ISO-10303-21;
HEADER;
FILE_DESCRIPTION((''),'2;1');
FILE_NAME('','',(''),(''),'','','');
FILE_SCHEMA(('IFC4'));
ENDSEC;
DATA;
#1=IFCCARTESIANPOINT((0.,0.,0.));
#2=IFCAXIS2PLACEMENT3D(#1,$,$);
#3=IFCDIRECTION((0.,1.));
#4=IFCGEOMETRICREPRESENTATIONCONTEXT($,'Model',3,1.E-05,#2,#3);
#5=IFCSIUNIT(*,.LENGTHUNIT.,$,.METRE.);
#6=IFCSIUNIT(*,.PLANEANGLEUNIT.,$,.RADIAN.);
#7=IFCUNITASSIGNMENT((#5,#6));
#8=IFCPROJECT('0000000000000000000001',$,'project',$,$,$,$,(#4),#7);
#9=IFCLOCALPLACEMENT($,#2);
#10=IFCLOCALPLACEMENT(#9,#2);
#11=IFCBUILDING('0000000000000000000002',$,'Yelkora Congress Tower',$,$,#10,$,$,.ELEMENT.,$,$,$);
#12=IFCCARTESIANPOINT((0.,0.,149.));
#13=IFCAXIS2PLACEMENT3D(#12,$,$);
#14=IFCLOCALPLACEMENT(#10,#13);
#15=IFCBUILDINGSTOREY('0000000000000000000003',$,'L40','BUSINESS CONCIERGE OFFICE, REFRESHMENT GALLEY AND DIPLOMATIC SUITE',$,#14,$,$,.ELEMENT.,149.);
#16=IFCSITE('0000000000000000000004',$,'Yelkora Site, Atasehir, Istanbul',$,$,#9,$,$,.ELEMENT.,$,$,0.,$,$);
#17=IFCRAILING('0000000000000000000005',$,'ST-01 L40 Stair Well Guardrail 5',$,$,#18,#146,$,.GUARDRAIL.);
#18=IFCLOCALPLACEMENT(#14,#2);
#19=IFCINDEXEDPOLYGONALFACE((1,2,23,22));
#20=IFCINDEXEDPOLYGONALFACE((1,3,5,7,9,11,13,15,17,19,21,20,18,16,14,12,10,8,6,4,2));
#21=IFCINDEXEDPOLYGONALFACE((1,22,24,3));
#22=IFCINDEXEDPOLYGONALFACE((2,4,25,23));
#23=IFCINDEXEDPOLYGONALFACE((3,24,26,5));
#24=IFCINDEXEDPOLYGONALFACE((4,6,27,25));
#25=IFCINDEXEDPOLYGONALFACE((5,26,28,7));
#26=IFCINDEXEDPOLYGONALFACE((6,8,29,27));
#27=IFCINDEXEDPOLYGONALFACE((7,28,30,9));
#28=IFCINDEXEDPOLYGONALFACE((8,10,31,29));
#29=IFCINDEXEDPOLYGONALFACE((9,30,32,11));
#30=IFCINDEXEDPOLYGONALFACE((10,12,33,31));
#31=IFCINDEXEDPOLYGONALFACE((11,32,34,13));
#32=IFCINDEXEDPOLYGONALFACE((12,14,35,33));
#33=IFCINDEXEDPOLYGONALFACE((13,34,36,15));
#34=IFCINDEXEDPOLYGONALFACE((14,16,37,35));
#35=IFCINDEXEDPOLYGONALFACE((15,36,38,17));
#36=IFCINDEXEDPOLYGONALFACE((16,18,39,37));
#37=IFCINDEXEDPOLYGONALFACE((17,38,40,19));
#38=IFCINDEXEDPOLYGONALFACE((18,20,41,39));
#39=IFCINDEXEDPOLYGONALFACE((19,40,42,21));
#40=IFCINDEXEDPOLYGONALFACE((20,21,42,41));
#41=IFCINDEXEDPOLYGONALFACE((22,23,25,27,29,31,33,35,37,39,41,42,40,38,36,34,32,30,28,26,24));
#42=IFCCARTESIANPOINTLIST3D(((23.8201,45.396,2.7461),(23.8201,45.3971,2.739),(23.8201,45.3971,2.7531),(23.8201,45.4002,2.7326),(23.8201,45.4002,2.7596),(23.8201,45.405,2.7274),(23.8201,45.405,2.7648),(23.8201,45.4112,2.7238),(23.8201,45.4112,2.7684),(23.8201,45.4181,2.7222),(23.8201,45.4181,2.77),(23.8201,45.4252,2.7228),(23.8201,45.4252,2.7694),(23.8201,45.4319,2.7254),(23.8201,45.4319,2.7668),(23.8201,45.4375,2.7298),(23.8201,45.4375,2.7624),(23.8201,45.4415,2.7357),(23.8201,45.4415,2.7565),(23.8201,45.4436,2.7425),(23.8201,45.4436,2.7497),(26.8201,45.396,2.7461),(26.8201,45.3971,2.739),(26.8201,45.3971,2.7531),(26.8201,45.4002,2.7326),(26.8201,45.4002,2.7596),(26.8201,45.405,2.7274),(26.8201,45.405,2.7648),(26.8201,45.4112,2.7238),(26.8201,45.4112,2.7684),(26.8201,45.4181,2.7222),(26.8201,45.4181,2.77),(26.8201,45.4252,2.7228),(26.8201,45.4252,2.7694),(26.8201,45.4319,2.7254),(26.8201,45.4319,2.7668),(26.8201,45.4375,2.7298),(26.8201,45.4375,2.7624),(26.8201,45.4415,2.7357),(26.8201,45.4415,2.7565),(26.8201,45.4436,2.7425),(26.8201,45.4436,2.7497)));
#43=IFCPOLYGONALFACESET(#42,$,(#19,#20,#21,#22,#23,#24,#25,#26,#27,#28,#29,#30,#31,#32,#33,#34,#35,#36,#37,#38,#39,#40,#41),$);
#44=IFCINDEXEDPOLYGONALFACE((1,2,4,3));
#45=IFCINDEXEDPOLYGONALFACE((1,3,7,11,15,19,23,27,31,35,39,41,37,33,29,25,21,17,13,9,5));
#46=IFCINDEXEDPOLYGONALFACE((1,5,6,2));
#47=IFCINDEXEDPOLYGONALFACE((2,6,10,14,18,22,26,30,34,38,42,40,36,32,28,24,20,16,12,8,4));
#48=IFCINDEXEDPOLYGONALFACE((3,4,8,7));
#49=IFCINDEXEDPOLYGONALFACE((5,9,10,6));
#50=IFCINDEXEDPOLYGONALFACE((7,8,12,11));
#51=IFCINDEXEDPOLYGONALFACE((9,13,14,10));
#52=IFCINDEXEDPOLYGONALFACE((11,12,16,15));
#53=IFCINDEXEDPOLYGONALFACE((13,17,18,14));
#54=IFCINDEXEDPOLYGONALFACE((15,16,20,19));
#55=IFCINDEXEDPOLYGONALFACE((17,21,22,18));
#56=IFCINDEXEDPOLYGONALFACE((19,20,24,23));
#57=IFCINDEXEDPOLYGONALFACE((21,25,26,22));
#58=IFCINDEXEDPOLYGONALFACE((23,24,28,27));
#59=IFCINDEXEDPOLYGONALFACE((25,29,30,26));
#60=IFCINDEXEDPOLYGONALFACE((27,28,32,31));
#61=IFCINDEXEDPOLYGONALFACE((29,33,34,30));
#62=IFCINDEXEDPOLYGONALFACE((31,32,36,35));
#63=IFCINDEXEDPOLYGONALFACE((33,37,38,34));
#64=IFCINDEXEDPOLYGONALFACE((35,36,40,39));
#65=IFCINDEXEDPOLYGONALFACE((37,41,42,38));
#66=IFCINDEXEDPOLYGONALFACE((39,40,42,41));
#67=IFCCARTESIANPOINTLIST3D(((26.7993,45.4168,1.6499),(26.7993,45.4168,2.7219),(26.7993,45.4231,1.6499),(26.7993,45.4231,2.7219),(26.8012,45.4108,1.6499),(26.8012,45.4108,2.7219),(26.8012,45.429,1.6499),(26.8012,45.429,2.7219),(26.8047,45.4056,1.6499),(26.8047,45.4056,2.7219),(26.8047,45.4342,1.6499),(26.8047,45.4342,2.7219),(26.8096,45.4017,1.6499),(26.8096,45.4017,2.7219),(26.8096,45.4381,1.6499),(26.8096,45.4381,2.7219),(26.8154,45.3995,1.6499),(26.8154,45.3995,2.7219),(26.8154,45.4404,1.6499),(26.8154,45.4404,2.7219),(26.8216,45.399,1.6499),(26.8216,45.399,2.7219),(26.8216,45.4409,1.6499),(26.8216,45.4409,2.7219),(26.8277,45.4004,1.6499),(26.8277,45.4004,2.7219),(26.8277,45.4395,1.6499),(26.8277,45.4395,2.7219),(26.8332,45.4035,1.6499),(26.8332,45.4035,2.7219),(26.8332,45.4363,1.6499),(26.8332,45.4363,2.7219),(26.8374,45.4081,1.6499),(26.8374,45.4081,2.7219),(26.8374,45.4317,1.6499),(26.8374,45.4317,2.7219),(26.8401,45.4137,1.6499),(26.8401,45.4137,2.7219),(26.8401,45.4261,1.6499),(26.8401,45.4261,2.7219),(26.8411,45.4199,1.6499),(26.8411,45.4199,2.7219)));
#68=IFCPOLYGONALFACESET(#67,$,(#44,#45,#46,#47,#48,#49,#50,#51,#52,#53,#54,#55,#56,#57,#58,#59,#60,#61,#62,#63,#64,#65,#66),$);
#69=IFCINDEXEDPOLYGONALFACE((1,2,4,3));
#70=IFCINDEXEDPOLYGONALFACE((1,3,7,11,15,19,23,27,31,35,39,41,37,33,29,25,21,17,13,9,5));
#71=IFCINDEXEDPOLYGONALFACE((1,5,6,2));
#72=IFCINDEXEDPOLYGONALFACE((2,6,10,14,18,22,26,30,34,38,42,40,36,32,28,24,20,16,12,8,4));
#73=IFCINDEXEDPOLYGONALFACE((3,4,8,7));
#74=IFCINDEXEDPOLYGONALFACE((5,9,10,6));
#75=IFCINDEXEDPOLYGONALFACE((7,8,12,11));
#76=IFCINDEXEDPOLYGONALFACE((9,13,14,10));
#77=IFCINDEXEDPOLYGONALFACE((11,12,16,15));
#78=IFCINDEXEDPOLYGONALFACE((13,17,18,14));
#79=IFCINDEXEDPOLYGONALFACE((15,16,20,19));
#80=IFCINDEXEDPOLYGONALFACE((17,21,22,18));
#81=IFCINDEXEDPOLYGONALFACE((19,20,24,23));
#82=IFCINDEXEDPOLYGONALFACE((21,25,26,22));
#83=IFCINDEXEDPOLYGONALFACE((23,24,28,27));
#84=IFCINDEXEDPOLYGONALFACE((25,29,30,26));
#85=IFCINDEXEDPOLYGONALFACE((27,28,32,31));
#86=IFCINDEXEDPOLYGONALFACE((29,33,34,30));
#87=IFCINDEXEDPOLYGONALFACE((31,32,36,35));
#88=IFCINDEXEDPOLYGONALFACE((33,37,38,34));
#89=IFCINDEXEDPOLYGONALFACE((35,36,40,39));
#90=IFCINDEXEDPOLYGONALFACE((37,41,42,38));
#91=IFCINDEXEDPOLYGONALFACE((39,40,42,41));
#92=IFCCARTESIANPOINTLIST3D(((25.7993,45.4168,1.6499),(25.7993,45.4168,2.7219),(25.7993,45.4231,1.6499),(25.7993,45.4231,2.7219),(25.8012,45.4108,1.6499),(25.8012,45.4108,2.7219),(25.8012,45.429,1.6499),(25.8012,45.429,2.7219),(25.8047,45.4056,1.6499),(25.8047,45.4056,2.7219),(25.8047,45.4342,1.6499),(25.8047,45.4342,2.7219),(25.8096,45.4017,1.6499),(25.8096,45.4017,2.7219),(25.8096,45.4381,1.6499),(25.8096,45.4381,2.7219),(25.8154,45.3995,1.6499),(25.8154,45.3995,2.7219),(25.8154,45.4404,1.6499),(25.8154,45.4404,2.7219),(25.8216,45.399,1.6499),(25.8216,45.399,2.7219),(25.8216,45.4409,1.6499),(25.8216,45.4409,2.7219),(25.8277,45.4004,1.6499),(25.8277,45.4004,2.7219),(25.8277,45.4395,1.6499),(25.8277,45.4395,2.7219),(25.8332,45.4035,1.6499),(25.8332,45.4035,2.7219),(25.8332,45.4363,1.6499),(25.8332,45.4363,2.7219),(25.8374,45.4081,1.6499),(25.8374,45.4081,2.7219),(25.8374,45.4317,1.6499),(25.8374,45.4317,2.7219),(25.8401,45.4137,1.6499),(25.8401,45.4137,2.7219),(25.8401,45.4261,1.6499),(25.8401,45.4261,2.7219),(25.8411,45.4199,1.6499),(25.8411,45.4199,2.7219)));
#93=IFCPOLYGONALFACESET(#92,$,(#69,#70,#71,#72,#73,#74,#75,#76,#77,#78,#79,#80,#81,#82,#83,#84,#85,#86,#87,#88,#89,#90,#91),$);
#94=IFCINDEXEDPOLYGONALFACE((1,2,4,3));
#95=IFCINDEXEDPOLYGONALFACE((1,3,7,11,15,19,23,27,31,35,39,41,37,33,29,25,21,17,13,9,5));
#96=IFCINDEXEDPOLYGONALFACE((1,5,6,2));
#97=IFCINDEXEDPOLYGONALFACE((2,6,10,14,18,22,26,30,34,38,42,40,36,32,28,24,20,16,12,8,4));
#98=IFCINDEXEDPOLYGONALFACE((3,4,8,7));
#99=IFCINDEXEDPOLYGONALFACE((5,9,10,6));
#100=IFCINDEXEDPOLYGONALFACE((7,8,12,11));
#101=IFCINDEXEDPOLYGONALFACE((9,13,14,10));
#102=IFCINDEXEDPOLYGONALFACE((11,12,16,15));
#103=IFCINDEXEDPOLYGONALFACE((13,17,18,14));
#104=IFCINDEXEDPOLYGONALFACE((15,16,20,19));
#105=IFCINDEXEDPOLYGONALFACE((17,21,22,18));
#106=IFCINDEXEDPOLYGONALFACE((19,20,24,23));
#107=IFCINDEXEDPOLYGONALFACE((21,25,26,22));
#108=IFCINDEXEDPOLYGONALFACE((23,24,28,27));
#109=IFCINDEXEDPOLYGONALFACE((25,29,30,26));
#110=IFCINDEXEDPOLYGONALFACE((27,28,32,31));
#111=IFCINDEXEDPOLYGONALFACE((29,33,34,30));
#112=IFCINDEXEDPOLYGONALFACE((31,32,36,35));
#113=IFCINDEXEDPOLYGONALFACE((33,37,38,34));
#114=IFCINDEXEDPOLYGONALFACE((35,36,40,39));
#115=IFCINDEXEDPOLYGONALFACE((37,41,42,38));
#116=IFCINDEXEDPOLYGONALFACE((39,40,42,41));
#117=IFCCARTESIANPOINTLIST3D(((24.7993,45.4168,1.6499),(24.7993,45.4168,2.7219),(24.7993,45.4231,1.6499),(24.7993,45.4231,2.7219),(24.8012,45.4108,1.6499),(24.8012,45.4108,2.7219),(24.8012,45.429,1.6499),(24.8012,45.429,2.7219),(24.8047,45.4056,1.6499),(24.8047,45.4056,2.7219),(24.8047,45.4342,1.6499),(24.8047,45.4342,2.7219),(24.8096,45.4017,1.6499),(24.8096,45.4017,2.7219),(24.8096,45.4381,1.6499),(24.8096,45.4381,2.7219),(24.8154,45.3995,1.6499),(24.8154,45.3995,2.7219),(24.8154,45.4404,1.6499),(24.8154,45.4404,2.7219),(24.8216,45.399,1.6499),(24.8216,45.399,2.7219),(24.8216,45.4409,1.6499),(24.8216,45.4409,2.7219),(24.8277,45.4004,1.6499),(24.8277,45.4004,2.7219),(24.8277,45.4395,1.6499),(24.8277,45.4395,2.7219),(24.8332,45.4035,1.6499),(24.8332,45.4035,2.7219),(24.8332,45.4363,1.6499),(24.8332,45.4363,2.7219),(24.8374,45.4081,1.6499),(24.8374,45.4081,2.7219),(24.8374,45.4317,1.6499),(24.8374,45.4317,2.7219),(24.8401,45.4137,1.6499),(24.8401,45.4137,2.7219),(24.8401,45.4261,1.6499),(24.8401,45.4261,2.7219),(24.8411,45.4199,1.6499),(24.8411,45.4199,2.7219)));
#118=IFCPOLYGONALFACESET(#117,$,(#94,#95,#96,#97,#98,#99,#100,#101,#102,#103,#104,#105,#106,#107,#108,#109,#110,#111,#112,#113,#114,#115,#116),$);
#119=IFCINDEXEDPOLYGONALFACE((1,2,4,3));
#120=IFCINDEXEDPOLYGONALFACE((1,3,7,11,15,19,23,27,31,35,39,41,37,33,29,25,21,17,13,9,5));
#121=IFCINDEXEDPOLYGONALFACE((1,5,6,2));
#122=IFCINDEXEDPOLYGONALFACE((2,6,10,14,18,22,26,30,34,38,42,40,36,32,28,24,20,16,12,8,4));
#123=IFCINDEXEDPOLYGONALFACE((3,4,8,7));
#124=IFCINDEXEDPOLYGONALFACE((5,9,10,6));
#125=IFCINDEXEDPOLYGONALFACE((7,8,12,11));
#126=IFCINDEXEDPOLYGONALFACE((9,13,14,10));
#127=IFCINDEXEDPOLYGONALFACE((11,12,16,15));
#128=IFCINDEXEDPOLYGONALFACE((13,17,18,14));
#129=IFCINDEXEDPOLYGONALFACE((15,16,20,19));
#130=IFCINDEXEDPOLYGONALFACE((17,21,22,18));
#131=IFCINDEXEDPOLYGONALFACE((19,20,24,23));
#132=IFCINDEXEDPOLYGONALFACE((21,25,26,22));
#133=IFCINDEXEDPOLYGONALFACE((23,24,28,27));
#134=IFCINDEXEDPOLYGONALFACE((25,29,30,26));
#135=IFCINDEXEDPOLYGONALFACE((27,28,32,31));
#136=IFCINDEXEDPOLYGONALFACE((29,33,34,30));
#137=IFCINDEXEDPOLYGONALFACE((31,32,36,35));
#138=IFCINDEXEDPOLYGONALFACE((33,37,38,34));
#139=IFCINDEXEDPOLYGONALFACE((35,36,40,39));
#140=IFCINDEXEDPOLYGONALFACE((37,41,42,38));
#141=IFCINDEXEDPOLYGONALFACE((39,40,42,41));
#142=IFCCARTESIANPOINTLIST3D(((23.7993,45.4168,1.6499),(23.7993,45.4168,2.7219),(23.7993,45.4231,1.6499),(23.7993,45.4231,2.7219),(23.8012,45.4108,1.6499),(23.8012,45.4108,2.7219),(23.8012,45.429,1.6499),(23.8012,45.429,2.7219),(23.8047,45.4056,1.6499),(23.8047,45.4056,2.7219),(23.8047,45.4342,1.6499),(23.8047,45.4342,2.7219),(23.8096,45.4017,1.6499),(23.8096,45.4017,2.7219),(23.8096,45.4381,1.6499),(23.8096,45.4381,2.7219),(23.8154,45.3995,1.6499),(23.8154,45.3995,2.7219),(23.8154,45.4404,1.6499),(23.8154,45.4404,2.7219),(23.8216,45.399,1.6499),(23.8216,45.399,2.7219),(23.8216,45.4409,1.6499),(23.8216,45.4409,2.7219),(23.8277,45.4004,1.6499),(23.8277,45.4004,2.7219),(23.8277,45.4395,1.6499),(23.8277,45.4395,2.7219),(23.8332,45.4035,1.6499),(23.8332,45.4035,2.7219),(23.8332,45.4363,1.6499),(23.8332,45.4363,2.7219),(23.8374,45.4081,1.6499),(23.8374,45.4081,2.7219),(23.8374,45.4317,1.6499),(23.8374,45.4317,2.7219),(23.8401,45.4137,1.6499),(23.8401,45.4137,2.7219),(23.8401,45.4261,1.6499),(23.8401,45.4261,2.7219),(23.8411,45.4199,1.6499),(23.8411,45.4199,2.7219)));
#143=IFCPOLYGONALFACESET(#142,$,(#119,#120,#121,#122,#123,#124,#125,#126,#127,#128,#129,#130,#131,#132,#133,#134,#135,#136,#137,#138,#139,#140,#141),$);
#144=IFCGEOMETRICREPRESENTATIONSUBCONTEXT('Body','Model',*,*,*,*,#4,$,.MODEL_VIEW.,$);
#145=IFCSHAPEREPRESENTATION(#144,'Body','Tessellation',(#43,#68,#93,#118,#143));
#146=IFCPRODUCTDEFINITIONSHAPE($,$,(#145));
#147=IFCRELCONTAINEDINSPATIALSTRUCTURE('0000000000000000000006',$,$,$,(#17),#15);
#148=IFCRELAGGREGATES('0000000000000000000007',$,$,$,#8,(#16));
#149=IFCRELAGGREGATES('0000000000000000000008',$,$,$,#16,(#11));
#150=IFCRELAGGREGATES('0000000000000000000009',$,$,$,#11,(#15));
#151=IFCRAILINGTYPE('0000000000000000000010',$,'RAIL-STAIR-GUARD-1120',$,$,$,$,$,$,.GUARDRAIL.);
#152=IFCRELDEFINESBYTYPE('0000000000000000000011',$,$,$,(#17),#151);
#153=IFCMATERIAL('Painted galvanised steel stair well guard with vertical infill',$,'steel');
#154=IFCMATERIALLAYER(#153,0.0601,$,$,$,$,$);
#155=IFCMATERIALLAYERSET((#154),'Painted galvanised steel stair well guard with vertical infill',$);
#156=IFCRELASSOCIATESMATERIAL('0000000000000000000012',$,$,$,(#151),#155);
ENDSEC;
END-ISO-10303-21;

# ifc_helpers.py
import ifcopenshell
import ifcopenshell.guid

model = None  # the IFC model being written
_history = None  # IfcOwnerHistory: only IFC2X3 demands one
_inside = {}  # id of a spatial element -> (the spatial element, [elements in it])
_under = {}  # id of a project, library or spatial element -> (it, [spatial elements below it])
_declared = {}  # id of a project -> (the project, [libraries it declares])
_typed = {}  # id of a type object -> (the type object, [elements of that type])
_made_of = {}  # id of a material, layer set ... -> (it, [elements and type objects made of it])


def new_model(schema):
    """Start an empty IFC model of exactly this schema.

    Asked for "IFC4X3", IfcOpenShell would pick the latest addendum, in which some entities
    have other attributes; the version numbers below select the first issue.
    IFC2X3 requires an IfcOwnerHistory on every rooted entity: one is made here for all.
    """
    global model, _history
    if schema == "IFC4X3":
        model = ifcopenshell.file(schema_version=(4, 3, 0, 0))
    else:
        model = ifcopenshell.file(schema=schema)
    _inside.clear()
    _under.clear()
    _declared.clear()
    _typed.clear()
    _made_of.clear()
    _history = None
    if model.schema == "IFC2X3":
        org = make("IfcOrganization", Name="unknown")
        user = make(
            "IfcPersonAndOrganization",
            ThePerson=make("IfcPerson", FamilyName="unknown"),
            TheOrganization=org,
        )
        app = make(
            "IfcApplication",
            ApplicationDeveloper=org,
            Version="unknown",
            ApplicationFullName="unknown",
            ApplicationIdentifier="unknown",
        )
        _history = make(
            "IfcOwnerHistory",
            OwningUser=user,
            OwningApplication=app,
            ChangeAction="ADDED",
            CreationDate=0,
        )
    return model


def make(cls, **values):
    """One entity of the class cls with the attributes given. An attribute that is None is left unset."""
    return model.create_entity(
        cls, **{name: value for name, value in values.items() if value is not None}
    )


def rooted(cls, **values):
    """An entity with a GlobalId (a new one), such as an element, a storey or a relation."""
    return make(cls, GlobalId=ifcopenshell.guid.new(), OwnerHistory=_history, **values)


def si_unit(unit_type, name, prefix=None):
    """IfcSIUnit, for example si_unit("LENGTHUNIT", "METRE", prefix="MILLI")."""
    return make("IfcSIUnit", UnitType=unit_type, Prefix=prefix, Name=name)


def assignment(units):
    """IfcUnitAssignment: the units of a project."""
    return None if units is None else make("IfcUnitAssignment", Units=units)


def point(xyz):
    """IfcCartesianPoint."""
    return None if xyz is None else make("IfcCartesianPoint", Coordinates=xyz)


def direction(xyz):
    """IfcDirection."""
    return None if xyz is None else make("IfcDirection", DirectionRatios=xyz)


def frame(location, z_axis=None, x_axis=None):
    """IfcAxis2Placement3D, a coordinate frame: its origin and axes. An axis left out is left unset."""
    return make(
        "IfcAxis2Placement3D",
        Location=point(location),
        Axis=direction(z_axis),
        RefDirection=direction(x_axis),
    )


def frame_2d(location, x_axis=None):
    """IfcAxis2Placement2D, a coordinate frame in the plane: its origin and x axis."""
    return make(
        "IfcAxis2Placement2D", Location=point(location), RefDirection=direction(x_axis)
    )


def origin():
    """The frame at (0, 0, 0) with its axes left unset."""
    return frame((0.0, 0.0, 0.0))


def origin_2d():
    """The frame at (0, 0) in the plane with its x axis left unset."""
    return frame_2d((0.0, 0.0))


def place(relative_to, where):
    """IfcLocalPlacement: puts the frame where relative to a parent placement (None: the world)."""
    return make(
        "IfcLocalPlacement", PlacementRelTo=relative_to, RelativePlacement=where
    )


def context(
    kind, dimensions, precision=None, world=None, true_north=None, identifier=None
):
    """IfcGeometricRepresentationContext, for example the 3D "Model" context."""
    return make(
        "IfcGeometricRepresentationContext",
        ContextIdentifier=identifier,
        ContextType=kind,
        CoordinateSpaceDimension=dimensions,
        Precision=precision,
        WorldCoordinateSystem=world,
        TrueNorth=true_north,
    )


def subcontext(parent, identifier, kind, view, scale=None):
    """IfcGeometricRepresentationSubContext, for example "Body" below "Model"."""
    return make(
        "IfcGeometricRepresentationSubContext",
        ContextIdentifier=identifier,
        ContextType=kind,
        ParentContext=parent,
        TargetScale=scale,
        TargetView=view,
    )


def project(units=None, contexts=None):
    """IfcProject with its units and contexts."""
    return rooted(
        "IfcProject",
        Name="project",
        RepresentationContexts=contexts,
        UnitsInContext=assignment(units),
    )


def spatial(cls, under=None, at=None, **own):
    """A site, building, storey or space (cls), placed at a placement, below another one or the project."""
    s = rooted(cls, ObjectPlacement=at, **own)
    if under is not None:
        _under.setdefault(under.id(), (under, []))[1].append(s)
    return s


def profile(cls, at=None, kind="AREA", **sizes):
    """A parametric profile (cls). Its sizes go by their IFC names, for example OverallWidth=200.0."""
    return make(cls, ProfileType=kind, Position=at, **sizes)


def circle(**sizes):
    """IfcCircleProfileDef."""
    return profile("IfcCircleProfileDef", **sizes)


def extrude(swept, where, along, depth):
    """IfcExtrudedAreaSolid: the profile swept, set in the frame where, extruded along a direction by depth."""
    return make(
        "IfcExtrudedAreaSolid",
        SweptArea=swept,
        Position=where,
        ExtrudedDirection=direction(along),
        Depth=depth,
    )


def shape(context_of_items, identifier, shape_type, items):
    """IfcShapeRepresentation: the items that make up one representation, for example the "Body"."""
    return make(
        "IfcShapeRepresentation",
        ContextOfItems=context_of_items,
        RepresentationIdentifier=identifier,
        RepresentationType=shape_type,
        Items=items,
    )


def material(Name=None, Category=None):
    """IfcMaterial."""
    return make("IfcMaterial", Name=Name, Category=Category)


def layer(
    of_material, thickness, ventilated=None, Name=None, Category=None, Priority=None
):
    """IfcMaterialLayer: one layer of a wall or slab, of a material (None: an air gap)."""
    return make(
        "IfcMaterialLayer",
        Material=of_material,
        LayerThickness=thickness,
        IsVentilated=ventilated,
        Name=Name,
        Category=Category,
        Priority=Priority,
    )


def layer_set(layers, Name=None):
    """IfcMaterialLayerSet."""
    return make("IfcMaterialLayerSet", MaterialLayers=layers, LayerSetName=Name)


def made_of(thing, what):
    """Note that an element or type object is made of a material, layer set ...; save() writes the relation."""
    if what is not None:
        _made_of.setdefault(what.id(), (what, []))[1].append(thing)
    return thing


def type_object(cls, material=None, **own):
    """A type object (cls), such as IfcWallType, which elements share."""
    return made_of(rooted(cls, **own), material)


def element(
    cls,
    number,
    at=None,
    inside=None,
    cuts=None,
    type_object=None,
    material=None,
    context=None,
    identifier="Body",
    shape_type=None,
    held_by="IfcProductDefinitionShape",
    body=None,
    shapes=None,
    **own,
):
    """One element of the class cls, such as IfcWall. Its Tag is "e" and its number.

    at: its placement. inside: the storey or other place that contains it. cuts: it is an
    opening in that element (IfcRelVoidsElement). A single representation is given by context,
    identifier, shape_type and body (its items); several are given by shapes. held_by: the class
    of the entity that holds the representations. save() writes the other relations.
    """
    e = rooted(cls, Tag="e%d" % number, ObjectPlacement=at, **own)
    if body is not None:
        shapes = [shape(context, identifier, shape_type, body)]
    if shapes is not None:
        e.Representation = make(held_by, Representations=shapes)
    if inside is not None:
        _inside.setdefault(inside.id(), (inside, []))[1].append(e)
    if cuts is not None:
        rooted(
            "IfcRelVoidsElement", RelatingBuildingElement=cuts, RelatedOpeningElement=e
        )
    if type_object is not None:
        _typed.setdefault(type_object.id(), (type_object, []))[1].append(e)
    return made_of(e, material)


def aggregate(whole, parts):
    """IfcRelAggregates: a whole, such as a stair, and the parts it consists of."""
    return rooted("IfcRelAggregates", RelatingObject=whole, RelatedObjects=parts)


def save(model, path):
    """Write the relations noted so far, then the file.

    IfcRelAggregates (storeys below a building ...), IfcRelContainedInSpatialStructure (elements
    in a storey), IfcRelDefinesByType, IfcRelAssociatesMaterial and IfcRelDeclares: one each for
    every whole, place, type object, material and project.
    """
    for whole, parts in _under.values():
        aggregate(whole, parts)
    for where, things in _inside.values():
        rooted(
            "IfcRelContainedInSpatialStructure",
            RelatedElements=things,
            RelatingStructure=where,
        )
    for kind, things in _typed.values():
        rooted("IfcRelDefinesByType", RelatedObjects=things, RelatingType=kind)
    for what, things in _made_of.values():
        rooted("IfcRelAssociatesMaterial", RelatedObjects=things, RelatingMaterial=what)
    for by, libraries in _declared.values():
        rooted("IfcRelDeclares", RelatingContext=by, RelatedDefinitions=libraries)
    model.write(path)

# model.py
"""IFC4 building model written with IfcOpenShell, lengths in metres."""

from ifc_helpers import new_model, si_unit, direction, frame, origin, origin_2d, place, context, subcontext, project, spatial, circle, extrude, material, layer, layer_set, type_object, element, save


model = new_model("IFC4")

# Units and contexts
model_context = context("Model", 3, precision=1e-05, world=origin(), true_north=direction((0.0, 1.0)))
body_context = subcontext(model_context, "Body", "Model", "MODEL_VIEW")
ifc_project = project(units=[si_unit("LENGTHUNIT", "METRE"), si_unit("PLANEANGLEUNIT", "RADIAN")], contexts=[model_context])

# Site, building, storey
site_placement = place(None, origin())
site = spatial("IfcSite", under=ifc_project, at=site_placement, Name="Yelkora Site, Atasehir, Istanbul", CompositionType="ELEMENT", RefElevation=0.0)
building_placement = place(site_placement, origin())
building = spatial("IfcBuilding", under=site, at=building_placement, Name="Yelkora Congress Tower", CompositionType="ELEMENT")
storey_placement = place(building_placement, frame((0.0, 0.0, 149.0)))
storey = spatial("IfcBuildingStorey", under=building, at=storey_placement, Name="L40", Description="BUSINESS CONCIERGE OFFICE, REFRESHMENT GALLEY AND DIPLOMATIC SUITE", CompositionType="ELEMENT", Elevation=149.0)

# Railing
ifc_material_1 = material(Name="Painted galvanised steel stair well guard with vertical infill", Category="steel")
ifc_layer_1 = layer(ifc_material_1, 0.0601)
ifc_layer_set_1 = layer_set([ifc_layer_1], Name="Painted galvanised steel stair well guard with vertical infill")
railing_type = type_object("IfcRailingType", Name="RAIL-STAIR-GUARD-1120", PredefinedType="GUARDRAIL", material=ifc_layer_set_1)
railing_1_placement = place(storey_placement, frame((26.8201, 45.4199, 1.6499)))
element("IfcRailing", 1, at=railing_1_placement, inside=storey, type_object=railing_type, Name="ST-01 L40 Stair Well Guardrail 5", PredefinedType="GUARDRAIL", context=body_context, shape_type="SweptSolid", body=[
    extrude(circle(Radius=0.0239, at=origin_2d()), frame((0.0, 0.0, 1.0962), z_axis=(-1.0, 0.0, 0.0), x_axis=(0.0, -1.0, 0.0)), (0.0, 0.0, 1.0), 3.0),
    extrude(circle(Radius=0.021, at=origin_2d()), origin(), (0.0, 0.0, 1.0), 1.072),
    extrude(circle(Radius=0.021, at=origin_2d()), frame((-1.0, 0.0, 0.0)), (0.0, 0.0, 1.0), 1.072),
    extrude(circle(Radius=0.021, at=origin_2d()), frame((-2.0, 0.0, 0.0)), (0.0, 0.0, 1.0), 1.072),
    extrude(circle(Radius=0.021, at=origin_2d()), frame((-3.0, 0.0, 0.0)), (0.0, 0.0, 1.0), 1.072),
])

save(model, "model.ifc")
